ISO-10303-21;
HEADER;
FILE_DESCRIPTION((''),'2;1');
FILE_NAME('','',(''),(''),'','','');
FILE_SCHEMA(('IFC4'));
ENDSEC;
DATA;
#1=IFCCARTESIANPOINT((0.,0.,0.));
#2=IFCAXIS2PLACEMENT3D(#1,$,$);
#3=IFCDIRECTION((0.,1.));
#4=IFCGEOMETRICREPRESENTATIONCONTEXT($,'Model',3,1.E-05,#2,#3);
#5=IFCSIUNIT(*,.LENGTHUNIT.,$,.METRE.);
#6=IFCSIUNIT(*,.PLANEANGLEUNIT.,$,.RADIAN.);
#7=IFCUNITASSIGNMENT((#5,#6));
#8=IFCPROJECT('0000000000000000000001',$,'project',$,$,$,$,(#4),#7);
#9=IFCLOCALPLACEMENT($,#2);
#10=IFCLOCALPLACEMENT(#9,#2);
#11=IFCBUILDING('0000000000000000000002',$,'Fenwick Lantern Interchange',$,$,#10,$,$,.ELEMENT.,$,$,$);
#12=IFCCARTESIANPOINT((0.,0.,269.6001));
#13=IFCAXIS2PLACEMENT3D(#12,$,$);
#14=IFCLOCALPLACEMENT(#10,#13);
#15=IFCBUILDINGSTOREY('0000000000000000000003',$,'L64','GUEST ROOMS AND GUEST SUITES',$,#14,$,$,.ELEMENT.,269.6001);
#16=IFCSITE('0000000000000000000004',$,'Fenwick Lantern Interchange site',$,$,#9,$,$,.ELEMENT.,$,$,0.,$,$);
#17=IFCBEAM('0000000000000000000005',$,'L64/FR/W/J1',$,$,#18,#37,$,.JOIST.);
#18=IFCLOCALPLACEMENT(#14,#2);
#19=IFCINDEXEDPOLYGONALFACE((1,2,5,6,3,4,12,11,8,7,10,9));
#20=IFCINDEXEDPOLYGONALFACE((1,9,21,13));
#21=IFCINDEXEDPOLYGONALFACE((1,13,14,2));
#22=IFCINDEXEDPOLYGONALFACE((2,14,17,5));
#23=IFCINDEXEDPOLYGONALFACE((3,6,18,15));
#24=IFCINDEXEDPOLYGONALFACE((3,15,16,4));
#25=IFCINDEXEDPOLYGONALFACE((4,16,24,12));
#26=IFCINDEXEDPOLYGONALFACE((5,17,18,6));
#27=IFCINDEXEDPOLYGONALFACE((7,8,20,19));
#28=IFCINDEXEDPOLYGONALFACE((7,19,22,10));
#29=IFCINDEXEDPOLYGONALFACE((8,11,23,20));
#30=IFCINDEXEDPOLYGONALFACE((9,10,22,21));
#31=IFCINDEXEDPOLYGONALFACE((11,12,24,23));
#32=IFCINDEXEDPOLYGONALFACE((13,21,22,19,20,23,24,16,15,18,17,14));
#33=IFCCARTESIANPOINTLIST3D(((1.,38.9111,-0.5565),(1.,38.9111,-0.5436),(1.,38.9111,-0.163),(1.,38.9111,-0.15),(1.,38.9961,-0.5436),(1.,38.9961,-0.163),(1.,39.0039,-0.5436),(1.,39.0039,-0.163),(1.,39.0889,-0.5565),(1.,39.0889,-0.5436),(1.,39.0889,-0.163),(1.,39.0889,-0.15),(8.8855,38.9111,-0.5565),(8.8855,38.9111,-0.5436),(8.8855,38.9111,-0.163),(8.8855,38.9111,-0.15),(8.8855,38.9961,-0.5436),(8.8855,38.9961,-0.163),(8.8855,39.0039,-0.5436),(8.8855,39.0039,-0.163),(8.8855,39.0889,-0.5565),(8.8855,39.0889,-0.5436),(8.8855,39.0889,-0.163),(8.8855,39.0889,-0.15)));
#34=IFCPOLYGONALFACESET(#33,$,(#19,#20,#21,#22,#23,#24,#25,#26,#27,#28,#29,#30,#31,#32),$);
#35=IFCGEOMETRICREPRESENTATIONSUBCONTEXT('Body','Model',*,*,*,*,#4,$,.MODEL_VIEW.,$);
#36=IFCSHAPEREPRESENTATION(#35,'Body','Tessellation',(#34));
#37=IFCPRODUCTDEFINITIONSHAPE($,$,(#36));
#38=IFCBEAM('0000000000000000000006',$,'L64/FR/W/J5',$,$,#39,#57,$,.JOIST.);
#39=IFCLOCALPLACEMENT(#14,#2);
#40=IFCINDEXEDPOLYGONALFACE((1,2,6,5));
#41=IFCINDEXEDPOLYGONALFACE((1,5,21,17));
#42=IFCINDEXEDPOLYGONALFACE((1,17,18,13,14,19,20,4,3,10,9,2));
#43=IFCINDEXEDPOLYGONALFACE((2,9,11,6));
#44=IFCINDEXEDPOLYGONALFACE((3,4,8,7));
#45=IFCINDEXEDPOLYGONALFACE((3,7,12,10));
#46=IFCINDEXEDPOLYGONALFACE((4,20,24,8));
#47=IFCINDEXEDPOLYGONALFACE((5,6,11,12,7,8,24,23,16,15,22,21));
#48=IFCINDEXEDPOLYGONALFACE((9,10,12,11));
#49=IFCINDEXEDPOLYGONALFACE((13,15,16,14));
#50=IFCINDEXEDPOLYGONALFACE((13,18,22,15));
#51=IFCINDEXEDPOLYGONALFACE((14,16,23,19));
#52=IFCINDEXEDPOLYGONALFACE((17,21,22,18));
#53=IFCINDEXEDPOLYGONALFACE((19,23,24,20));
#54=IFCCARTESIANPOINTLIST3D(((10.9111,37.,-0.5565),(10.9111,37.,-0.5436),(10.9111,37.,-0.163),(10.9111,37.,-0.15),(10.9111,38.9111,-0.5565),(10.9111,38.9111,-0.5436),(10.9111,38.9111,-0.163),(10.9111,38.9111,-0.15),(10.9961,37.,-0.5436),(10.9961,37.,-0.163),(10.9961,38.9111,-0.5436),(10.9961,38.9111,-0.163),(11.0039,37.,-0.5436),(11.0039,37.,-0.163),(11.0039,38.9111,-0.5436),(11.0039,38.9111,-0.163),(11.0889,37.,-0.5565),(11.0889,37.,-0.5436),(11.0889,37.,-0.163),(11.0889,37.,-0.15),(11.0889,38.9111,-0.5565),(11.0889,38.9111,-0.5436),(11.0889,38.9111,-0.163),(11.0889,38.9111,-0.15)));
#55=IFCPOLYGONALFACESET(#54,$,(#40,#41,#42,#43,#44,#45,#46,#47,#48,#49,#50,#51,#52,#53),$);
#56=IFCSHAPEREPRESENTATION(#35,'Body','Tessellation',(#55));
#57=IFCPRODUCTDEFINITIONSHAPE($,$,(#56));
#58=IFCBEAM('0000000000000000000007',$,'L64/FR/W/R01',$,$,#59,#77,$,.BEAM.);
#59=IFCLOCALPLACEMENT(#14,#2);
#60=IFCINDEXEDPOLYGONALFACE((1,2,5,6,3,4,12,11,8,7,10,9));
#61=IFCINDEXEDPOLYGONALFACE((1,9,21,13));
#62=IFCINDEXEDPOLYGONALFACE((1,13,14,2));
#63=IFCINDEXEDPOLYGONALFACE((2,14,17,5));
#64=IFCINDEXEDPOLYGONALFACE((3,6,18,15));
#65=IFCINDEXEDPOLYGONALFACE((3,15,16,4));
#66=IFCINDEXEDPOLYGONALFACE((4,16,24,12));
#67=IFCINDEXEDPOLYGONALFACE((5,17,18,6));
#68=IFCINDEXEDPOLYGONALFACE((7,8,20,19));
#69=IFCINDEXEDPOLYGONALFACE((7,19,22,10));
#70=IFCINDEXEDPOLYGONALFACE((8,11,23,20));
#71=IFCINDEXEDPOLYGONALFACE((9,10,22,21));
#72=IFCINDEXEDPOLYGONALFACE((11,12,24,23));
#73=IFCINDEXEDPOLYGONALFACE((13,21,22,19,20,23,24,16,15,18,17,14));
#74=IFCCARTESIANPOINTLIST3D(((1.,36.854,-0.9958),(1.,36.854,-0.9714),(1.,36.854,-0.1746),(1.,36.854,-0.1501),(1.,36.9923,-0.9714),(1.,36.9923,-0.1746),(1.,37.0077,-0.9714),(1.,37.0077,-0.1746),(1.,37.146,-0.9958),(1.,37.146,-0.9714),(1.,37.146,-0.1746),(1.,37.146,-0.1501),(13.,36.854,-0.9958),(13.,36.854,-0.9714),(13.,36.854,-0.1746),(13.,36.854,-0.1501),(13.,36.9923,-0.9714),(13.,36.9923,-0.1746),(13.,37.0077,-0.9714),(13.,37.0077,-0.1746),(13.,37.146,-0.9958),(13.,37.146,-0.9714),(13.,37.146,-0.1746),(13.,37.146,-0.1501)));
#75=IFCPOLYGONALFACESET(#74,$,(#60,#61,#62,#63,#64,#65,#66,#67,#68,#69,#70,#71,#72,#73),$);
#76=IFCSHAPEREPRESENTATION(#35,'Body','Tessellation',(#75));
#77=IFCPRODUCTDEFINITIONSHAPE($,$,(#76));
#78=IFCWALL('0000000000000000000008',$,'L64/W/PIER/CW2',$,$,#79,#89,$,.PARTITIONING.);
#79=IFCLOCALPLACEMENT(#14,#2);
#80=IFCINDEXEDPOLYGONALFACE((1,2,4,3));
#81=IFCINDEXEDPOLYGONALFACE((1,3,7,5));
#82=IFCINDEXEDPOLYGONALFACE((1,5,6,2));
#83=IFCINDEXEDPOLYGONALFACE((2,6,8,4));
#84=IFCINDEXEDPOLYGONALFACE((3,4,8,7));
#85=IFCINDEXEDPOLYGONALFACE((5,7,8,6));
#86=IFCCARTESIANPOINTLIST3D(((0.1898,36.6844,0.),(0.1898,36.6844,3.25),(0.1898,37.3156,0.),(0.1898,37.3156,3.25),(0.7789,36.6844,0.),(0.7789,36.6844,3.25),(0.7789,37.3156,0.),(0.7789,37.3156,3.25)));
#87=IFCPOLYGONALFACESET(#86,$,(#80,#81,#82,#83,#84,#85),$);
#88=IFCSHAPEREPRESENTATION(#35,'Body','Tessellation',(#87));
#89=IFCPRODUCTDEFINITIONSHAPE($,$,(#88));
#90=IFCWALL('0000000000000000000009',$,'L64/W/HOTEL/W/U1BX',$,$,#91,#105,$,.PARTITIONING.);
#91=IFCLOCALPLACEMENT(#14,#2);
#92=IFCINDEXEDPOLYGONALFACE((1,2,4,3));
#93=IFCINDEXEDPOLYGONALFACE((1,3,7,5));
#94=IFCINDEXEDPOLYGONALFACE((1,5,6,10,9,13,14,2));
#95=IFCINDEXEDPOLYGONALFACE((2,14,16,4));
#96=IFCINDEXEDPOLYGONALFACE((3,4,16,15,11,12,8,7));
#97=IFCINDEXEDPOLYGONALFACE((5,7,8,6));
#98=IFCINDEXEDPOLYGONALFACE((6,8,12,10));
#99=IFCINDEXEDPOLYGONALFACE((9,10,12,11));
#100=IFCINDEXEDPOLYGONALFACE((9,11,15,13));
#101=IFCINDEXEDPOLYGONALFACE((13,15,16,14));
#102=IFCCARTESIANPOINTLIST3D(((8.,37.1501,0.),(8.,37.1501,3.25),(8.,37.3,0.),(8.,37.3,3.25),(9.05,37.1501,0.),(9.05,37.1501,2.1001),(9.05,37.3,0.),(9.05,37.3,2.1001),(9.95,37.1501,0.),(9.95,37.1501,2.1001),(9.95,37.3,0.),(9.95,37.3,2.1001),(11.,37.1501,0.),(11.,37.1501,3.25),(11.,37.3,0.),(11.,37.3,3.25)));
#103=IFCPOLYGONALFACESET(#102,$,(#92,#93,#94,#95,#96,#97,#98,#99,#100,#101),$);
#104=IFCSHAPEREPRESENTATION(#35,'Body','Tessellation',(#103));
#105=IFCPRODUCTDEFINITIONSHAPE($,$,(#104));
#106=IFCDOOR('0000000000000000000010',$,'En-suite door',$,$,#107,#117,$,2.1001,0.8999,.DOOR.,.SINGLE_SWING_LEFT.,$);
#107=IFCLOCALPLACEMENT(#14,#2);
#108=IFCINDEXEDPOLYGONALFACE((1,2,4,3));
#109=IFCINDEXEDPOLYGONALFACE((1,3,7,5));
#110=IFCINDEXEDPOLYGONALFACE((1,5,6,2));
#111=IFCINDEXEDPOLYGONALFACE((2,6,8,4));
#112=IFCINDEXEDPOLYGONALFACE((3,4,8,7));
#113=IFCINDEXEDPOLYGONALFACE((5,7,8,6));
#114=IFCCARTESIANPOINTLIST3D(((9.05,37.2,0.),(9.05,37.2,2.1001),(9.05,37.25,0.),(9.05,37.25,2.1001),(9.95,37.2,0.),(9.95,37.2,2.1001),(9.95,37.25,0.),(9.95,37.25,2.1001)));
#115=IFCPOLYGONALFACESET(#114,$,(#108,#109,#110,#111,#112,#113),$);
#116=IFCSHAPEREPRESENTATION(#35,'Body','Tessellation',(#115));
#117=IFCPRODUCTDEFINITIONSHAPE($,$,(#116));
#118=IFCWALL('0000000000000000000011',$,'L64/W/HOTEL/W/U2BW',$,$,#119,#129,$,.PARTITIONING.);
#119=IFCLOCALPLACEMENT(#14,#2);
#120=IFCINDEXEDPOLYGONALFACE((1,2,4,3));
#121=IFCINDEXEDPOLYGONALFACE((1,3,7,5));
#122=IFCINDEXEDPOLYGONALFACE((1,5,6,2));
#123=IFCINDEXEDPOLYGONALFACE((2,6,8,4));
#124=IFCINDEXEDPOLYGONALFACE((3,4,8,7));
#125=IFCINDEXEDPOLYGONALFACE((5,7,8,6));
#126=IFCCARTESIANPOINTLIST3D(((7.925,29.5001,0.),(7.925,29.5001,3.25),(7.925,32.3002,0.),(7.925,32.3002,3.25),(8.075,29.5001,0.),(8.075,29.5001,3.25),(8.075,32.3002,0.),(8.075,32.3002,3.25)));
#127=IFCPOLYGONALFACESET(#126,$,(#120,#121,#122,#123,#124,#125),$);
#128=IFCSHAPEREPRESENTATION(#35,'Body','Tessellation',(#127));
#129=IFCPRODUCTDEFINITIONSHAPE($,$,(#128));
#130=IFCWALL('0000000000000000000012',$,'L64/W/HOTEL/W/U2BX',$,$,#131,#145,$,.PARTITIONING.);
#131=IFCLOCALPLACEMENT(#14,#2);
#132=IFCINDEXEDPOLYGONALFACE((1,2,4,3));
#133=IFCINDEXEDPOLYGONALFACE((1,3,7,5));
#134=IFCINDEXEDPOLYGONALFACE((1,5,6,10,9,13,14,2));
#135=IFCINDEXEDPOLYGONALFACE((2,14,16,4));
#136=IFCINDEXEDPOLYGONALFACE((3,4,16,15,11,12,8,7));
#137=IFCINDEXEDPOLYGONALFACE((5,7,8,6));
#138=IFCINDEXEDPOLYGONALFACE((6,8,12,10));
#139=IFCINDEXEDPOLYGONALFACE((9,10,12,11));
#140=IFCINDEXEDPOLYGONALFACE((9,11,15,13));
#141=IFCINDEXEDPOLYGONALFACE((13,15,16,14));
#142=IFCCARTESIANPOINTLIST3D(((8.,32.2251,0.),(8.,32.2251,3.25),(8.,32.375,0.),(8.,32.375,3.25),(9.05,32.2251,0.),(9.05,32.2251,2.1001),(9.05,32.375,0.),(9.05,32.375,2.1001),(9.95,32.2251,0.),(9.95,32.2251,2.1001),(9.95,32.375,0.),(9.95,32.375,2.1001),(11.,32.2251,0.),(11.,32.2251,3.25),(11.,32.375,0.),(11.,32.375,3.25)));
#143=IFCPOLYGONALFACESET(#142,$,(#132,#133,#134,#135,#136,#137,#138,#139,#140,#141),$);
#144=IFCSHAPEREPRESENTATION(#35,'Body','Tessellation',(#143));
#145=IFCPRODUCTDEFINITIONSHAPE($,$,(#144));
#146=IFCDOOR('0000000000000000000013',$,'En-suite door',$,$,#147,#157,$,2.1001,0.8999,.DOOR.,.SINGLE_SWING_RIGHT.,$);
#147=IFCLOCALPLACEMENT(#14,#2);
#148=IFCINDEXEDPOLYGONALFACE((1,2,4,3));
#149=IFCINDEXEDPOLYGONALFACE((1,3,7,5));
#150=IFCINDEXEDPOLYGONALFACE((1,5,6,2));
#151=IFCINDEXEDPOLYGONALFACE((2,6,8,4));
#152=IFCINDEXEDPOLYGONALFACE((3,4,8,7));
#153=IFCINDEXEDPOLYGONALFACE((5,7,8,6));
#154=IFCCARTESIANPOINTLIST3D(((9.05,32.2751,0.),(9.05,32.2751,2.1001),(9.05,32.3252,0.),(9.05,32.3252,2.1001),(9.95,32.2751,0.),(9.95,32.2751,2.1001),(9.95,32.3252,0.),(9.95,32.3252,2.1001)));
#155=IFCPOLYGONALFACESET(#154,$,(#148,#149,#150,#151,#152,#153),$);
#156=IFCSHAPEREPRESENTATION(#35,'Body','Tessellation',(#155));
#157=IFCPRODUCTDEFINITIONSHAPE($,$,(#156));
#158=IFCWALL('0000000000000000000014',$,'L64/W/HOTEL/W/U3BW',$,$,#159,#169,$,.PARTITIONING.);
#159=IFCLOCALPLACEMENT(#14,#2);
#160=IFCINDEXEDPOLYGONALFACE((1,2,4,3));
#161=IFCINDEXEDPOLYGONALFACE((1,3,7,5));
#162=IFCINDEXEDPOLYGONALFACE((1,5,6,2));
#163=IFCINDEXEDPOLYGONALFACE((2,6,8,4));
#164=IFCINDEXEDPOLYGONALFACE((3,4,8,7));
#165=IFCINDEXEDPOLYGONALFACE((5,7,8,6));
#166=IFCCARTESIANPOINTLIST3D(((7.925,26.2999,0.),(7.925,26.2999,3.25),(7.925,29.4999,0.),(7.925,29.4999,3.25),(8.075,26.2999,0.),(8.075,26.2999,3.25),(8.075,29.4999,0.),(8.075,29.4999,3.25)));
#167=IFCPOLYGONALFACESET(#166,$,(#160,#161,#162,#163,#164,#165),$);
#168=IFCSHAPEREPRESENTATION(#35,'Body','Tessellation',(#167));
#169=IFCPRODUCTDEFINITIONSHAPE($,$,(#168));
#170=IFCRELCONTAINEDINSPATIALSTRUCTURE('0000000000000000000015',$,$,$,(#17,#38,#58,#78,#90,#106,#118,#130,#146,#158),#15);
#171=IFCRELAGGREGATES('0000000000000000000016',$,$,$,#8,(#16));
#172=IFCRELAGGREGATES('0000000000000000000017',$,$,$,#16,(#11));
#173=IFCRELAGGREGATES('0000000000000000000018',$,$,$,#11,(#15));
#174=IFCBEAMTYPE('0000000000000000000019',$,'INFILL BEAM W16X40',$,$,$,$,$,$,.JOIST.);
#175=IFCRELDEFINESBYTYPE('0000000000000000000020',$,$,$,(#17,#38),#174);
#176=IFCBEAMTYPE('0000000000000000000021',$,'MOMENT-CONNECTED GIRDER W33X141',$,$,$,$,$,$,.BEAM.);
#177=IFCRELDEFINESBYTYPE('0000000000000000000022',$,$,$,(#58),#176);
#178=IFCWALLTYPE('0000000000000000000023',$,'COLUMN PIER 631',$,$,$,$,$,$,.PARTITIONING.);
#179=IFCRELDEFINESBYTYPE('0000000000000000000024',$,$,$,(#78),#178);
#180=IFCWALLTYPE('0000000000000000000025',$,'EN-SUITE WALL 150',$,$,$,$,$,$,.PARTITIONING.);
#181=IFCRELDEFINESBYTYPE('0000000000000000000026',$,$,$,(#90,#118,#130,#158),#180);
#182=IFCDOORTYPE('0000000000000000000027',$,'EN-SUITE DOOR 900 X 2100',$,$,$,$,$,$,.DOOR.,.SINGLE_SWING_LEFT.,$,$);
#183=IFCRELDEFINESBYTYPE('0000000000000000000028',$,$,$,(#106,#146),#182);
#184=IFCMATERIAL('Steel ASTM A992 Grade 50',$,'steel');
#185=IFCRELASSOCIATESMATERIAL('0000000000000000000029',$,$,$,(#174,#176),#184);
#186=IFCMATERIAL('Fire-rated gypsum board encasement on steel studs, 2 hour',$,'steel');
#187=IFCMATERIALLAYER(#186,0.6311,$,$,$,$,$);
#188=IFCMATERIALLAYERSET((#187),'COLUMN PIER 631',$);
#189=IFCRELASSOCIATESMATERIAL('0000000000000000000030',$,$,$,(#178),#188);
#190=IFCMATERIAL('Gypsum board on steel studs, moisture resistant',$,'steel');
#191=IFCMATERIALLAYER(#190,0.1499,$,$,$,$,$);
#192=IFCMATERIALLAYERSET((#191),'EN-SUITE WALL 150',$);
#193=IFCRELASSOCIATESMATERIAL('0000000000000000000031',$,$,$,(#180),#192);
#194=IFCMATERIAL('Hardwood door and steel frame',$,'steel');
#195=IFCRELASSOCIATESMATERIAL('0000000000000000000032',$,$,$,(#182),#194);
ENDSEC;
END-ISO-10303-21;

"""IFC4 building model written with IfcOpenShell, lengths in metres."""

from ifc_helpers import new_model, si_unit, direction, frame, frame_2d, origin, origin_2d, place, context, subcontext, project, spatial, rectangle, i_section, extrude, material, layer, layer_set, material_profile, profile_set, type_object, element, fill, save


model = new_model("IFC4")

# Units and contexts
model_context = context("Model", 3, precision=1e-05, world=origin(), true_north=direction((0.0, 1.0)))
body_context = subcontext(model_context, "Body", "Model", "MODEL_VIEW")
ifc_project = project(units=[si_unit("LENGTHUNIT", "METRE"), si_unit("PLANEANGLEUNIT", "RADIAN")], contexts=[model_context])

# Site, building, storey
site_placement = place(None, origin())
site = spatial("IfcSite", under=ifc_project, at=site_placement, Name="Fenwick Lantern Interchange site", CompositionType="ELEMENT", RefElevation=0.0)
building_placement = place(site_placement, origin())
building = spatial("IfcBuilding", under=site, at=building_placement, Name="Fenwick Lantern Interchange", CompositionType="ELEMENT")
storey_placement = place(building_placement, frame((0.0, 0.0, 269.6001)))
storey = spatial("IfcBuildingStorey", under=building, at=storey_placement, Name="L64", Description="GUEST ROOMS AND GUEST SUITES", CompositionType="ELEMENT", Elevation=269.6001)

# Shared definitions
ifc_material_1 = material(Name="Steel ASTM A992 Grade 50", Category="steel")

# Beams
ifc_material_profile_1 = material_profile(ifc_material_1, i_section(OverallWidth=0.1777, OverallDepth=0.4065, WebThickness=0.0078, FlangeThickness=0.0129, at=origin_2d()), Name="W16X40")
ifc_profile_set_1 = profile_set([ifc_material_profile_1], Name="Steel ASTM A992 Grade 50")
beam_type_1 = type_object("IfcBeamType", Name="INFILL BEAM W16X40", PredefinedType="JOIST", material=ifc_profile_set_1)
beam_1_placement = place(storey_placement, frame((1.0, 39.0, -0.3533), z_axis=(1.0, 0.0, 0.0), x_axis=(0.0, 1.0, 0.0)))
element("IfcBeam", 1, at=beam_1_placement, inside=storey, type_object=beam_type_1, Name="L64/FR/W/J1", PredefinedType="JOIST", context=body_context, shape_type="SweptSolid", body=[
    extrude(i_section(OverallWidth=0.1777, OverallDepth=0.4065, WebThickness=0.0078, FlangeThickness=0.0129, at=origin_2d()), origin(), (0.0, 0.0, 1.0), 7.8855),
])
beam_2_placement = place(storey_placement, frame((11.0, 38.9111, -0.3533), z_axis=(0.0, -1.0, 0.0), x_axis=(1.0, 0.0, 0.0)))
element("IfcBeam", 2, at=beam_2_placement, inside=storey, type_object=beam_type_1, Name="L64/FR/W/J5", PredefinedType="JOIST", context=body_context, shape_type="SweptSolid", body=[
    extrude(i_section(OverallWidth=0.1777, OverallDepth=0.4065, WebThickness=0.0078, FlangeThickness=0.0129, at=origin_2d()), origin(), (0.0, 0.0, 1.0), 1.9111),
])
ifc_material_profile_2 = material_profile(ifc_material_1, i_section(OverallWidth=0.292, OverallDepth=0.8457, WebThickness=0.0154, FlangeThickness=0.0244, at=origin_2d()), Name="W33X141")
ifc_profile_set_2 = profile_set([ifc_material_profile_2], Name="Steel ASTM A992 Grade 50")
beam_type_2 = type_object("IfcBeamType", Name="MOMENT-CONNECTED GIRDER W33X141", PredefinedType="BEAM", material=ifc_profile_set_2)
beam_3_placement = place(storey_placement, frame((1.0, 37.0, -0.573), z_axis=(1.0, 0.0, 0.0), x_axis=(0.0, 1.0, 0.0)))
element("IfcBeam", 3, at=beam_3_placement, inside=storey, type_object=beam_type_2, Name="L64/FR/W/R01", PredefinedType="BEAM", context=body_context, shape_type="SweptSolid", body=[
    extrude(i_section(OverallWidth=0.292, OverallDepth=0.8457, WebThickness=0.0154, FlangeThickness=0.0244, at=origin_2d()), origin(), (0.0, 0.0, 1.0), 12.0),
])

# Wall
ifc_material_2 = material(Name="Fire-rated gypsum board encasement on steel studs, 2 hour", Category="steel")
ifc_layer_1 = layer(ifc_material_2, 0.6311)
ifc_layer_set_1 = layer_set([ifc_layer_1], Name="COLUMN PIER 631")
wall_type_1 = type_object("IfcWallType", Name="COLUMN PIER 631", PredefinedType="PARTITIONING", material=ifc_layer_set_1)
wall_1_placement = place(storey_placement, frame((0.1899, 37.0, 0.0), z_axis=(0.0, 0.0, 1.0), x_axis=(1.0, 0.0, 0.0)))
element("IfcWall", 4, at=wall_1_placement, inside=storey, type_object=wall_type_1, Name="L64/W/PIER/CW2", PredefinedType="PARTITIONING", context=body_context, shape_type="SweptSolid", body=[
    extrude(rectangle(XDim=0.5891, YDim=0.6311, at=frame_2d((0.2944, 0.0))), origin(), (0.0, 0.0, 1.0), 3.25),
])

# Wall, opening, door
ifc_material_3 = material(Name="Gypsum board on steel studs, moisture resistant", Category="steel")
ifc_layer_2 = layer(ifc_material_3, 0.1499)
ifc_layer_set_2 = layer_set([ifc_layer_2], Name="EN-SUITE WALL 150")
wall_type_2 = type_object("IfcWallType", Name="EN-SUITE WALL 150", PredefinedType="PARTITIONING", material=ifc_layer_set_2)
wall_2_placement = place(storey_placement, frame((8.0, 37.2251, 0.0), z_axis=(0.0, 0.0, 1.0), x_axis=(1.0, 0.0, 0.0)))
wall_2 = element("IfcWall", 5, at=wall_2_placement, inside=storey, type_object=wall_type_2, Name="L64/W/HOTEL/W/U1BX", PredefinedType="PARTITIONING", context=body_context, shape_type="SweptSolid", body=[
    extrude(rectangle(XDim=3.0, YDim=0.1499, at=frame_2d((1.5, 0.0))), origin(), (0.0, 0.0, 1.0), 3.25),
])
opening_1_placement = place(wall_2_placement, frame((1.05, 0.0, 0.0)))
opening_1 = element("IfcOpeningElement", 6, at=opening_1_placement, cuts=wall_2, PredefinedType="OPENING", context=body_context, shape_type="SweptSolid", body=[
    extrude(rectangle(XDim=0.8999, YDim=2.1001, at=frame_2d((0.45, 1.05))), frame((0.0, 0.085, 0.0), z_axis=(0.0, -1.0, 0.0), x_axis=(1.0, 0.0, 0.0)), (0.0, 0.0, 1.0), 0.1699),
])
ifc_material_4 = material(Name="Hardwood door and steel frame", Category="steel")
door_type = type_object("IfcDoorType", Name="EN-SUITE DOOR 900 X 2100", OperationType="SINGLE_SWING_LEFT", PredefinedType="DOOR", material=ifc_material_4)
door_1_placement = place(opening_1_placement, origin())
door_1 = element("IfcDoor", 7, at=door_1_placement, inside=storey, type_object=door_type, Name="En-suite door", OperationType="SINGLE_SWING_LEFT", OverallHeight=2.1001, OverallWidth=0.8999, PredefinedType="DOOR", context=body_context, shape_type="SweptSolid", body=[
    extrude(rectangle(XDim=0.8999, YDim=2.1001, at=frame_2d((0.45, 1.05))), frame((0.0, 0.0249, 0.0), z_axis=(0.0, -1.0, 0.0), x_axis=(1.0, 0.0, 0.0)), (0.0, 0.0, 1.0), 0.05),
])
fill(opening_1, door_1)

# Wall
wall_3_placement = place(storey_placement, frame((8.0, 32.3, 0.0), z_axis=(0.0, 0.0, 1.0), x_axis=(0.0, -1.0, 0.0)))
element("IfcWall", 8, at=wall_3_placement, inside=storey, type_object=wall_type_2, Name="L64/W/HOTEL/W/U2BW", PredefinedType="PARTITIONING", context=body_context, shape_type="SweptSolid", body=[
    extrude(rectangle(XDim=2.8, YDim=0.1499, at=frame_2d((1.3999, 0.0))), origin(), (0.0, 0.0, 1.0), 3.25),
])

# Wall, opening, door
wall_4_placement = place(storey_placement, frame((8.0, 32.3, 0.0), z_axis=(0.0, 0.0, 1.0), x_axis=(1.0, 0.0, 0.0)))
wall_4 = element("IfcWall", 9, at=wall_4_placement, inside=storey, type_object=wall_type_2, Name="L64/W/HOTEL/W/U2BX", PredefinedType="PARTITIONING", context=body_context, shape_type="SweptSolid", body=[
    extrude(rectangle(XDim=3.0, YDim=0.1499, at=frame_2d((1.5, 0.0))), origin(), (0.0, 0.0, 1.0), 3.25),
])
opening_2_placement = place(wall_4_placement, frame((1.05, 0.0, 0.0)))
opening_2 = element("IfcOpeningElement", 10, at=opening_2_placement, cuts=wall_4, PredefinedType="OPENING", context=body_context, shape_type="SweptSolid", body=[
    extrude(rectangle(XDim=0.8999, YDim=2.1001, at=frame_2d((0.45, 1.05))), frame((0.0, 0.085, 0.0), z_axis=(0.0, -1.0, 0.0), x_axis=(1.0, 0.0, 0.0)), (0.0, 0.0, 1.0), 0.1699),
])
door_2_placement = place(opening_2_placement, frame((0.8999, 0.0, 0.0), z_axis=(0.0, 0.0, 1.0), x_axis=(-1.0, 0.0, 0.0)))
door_2 = element("IfcDoor", 11, at=door_2_placement, inside=storey, type_object=door_type, Name="En-suite door", OperationType="SINGLE_SWING_RIGHT", OverallHeight=2.1001, OverallWidth=0.8999, PredefinedType="DOOR", context=body_context, shape_type="SweptSolid", body=[
    extrude(rectangle(XDim=0.8999, YDim=2.1001, at=frame_2d((0.45, 1.05))), frame((0.0, 0.0249, 0.0), z_axis=(0.0, -1.0, 0.0), x_axis=(1.0, 0.0, 0.0)), (0.0, 0.0, 1.0), 0.05),
])
fill(opening_2, door_2)

# Wall
wall_5_placement = place(storey_placement, frame((8.0, 29.5, 0.0), z_axis=(0.0, 0.0, 1.0), x_axis=(0.0, -1.0, 0.0)))
element("IfcWall", 12, at=wall_5_placement, inside=storey, type_object=wall_type_2, Name="L64/W/HOTEL/W/U3BW", PredefinedType="PARTITIONING", context=body_context, shape_type="SweptSolid", body=[
    extrude(rectangle(XDim=3.2, YDim=0.1499, at=frame_2d((1.6001, 0.0))), origin(), (0.0, 0.0, 1.0), 3.25),
])

save(model, "model.ifc")
